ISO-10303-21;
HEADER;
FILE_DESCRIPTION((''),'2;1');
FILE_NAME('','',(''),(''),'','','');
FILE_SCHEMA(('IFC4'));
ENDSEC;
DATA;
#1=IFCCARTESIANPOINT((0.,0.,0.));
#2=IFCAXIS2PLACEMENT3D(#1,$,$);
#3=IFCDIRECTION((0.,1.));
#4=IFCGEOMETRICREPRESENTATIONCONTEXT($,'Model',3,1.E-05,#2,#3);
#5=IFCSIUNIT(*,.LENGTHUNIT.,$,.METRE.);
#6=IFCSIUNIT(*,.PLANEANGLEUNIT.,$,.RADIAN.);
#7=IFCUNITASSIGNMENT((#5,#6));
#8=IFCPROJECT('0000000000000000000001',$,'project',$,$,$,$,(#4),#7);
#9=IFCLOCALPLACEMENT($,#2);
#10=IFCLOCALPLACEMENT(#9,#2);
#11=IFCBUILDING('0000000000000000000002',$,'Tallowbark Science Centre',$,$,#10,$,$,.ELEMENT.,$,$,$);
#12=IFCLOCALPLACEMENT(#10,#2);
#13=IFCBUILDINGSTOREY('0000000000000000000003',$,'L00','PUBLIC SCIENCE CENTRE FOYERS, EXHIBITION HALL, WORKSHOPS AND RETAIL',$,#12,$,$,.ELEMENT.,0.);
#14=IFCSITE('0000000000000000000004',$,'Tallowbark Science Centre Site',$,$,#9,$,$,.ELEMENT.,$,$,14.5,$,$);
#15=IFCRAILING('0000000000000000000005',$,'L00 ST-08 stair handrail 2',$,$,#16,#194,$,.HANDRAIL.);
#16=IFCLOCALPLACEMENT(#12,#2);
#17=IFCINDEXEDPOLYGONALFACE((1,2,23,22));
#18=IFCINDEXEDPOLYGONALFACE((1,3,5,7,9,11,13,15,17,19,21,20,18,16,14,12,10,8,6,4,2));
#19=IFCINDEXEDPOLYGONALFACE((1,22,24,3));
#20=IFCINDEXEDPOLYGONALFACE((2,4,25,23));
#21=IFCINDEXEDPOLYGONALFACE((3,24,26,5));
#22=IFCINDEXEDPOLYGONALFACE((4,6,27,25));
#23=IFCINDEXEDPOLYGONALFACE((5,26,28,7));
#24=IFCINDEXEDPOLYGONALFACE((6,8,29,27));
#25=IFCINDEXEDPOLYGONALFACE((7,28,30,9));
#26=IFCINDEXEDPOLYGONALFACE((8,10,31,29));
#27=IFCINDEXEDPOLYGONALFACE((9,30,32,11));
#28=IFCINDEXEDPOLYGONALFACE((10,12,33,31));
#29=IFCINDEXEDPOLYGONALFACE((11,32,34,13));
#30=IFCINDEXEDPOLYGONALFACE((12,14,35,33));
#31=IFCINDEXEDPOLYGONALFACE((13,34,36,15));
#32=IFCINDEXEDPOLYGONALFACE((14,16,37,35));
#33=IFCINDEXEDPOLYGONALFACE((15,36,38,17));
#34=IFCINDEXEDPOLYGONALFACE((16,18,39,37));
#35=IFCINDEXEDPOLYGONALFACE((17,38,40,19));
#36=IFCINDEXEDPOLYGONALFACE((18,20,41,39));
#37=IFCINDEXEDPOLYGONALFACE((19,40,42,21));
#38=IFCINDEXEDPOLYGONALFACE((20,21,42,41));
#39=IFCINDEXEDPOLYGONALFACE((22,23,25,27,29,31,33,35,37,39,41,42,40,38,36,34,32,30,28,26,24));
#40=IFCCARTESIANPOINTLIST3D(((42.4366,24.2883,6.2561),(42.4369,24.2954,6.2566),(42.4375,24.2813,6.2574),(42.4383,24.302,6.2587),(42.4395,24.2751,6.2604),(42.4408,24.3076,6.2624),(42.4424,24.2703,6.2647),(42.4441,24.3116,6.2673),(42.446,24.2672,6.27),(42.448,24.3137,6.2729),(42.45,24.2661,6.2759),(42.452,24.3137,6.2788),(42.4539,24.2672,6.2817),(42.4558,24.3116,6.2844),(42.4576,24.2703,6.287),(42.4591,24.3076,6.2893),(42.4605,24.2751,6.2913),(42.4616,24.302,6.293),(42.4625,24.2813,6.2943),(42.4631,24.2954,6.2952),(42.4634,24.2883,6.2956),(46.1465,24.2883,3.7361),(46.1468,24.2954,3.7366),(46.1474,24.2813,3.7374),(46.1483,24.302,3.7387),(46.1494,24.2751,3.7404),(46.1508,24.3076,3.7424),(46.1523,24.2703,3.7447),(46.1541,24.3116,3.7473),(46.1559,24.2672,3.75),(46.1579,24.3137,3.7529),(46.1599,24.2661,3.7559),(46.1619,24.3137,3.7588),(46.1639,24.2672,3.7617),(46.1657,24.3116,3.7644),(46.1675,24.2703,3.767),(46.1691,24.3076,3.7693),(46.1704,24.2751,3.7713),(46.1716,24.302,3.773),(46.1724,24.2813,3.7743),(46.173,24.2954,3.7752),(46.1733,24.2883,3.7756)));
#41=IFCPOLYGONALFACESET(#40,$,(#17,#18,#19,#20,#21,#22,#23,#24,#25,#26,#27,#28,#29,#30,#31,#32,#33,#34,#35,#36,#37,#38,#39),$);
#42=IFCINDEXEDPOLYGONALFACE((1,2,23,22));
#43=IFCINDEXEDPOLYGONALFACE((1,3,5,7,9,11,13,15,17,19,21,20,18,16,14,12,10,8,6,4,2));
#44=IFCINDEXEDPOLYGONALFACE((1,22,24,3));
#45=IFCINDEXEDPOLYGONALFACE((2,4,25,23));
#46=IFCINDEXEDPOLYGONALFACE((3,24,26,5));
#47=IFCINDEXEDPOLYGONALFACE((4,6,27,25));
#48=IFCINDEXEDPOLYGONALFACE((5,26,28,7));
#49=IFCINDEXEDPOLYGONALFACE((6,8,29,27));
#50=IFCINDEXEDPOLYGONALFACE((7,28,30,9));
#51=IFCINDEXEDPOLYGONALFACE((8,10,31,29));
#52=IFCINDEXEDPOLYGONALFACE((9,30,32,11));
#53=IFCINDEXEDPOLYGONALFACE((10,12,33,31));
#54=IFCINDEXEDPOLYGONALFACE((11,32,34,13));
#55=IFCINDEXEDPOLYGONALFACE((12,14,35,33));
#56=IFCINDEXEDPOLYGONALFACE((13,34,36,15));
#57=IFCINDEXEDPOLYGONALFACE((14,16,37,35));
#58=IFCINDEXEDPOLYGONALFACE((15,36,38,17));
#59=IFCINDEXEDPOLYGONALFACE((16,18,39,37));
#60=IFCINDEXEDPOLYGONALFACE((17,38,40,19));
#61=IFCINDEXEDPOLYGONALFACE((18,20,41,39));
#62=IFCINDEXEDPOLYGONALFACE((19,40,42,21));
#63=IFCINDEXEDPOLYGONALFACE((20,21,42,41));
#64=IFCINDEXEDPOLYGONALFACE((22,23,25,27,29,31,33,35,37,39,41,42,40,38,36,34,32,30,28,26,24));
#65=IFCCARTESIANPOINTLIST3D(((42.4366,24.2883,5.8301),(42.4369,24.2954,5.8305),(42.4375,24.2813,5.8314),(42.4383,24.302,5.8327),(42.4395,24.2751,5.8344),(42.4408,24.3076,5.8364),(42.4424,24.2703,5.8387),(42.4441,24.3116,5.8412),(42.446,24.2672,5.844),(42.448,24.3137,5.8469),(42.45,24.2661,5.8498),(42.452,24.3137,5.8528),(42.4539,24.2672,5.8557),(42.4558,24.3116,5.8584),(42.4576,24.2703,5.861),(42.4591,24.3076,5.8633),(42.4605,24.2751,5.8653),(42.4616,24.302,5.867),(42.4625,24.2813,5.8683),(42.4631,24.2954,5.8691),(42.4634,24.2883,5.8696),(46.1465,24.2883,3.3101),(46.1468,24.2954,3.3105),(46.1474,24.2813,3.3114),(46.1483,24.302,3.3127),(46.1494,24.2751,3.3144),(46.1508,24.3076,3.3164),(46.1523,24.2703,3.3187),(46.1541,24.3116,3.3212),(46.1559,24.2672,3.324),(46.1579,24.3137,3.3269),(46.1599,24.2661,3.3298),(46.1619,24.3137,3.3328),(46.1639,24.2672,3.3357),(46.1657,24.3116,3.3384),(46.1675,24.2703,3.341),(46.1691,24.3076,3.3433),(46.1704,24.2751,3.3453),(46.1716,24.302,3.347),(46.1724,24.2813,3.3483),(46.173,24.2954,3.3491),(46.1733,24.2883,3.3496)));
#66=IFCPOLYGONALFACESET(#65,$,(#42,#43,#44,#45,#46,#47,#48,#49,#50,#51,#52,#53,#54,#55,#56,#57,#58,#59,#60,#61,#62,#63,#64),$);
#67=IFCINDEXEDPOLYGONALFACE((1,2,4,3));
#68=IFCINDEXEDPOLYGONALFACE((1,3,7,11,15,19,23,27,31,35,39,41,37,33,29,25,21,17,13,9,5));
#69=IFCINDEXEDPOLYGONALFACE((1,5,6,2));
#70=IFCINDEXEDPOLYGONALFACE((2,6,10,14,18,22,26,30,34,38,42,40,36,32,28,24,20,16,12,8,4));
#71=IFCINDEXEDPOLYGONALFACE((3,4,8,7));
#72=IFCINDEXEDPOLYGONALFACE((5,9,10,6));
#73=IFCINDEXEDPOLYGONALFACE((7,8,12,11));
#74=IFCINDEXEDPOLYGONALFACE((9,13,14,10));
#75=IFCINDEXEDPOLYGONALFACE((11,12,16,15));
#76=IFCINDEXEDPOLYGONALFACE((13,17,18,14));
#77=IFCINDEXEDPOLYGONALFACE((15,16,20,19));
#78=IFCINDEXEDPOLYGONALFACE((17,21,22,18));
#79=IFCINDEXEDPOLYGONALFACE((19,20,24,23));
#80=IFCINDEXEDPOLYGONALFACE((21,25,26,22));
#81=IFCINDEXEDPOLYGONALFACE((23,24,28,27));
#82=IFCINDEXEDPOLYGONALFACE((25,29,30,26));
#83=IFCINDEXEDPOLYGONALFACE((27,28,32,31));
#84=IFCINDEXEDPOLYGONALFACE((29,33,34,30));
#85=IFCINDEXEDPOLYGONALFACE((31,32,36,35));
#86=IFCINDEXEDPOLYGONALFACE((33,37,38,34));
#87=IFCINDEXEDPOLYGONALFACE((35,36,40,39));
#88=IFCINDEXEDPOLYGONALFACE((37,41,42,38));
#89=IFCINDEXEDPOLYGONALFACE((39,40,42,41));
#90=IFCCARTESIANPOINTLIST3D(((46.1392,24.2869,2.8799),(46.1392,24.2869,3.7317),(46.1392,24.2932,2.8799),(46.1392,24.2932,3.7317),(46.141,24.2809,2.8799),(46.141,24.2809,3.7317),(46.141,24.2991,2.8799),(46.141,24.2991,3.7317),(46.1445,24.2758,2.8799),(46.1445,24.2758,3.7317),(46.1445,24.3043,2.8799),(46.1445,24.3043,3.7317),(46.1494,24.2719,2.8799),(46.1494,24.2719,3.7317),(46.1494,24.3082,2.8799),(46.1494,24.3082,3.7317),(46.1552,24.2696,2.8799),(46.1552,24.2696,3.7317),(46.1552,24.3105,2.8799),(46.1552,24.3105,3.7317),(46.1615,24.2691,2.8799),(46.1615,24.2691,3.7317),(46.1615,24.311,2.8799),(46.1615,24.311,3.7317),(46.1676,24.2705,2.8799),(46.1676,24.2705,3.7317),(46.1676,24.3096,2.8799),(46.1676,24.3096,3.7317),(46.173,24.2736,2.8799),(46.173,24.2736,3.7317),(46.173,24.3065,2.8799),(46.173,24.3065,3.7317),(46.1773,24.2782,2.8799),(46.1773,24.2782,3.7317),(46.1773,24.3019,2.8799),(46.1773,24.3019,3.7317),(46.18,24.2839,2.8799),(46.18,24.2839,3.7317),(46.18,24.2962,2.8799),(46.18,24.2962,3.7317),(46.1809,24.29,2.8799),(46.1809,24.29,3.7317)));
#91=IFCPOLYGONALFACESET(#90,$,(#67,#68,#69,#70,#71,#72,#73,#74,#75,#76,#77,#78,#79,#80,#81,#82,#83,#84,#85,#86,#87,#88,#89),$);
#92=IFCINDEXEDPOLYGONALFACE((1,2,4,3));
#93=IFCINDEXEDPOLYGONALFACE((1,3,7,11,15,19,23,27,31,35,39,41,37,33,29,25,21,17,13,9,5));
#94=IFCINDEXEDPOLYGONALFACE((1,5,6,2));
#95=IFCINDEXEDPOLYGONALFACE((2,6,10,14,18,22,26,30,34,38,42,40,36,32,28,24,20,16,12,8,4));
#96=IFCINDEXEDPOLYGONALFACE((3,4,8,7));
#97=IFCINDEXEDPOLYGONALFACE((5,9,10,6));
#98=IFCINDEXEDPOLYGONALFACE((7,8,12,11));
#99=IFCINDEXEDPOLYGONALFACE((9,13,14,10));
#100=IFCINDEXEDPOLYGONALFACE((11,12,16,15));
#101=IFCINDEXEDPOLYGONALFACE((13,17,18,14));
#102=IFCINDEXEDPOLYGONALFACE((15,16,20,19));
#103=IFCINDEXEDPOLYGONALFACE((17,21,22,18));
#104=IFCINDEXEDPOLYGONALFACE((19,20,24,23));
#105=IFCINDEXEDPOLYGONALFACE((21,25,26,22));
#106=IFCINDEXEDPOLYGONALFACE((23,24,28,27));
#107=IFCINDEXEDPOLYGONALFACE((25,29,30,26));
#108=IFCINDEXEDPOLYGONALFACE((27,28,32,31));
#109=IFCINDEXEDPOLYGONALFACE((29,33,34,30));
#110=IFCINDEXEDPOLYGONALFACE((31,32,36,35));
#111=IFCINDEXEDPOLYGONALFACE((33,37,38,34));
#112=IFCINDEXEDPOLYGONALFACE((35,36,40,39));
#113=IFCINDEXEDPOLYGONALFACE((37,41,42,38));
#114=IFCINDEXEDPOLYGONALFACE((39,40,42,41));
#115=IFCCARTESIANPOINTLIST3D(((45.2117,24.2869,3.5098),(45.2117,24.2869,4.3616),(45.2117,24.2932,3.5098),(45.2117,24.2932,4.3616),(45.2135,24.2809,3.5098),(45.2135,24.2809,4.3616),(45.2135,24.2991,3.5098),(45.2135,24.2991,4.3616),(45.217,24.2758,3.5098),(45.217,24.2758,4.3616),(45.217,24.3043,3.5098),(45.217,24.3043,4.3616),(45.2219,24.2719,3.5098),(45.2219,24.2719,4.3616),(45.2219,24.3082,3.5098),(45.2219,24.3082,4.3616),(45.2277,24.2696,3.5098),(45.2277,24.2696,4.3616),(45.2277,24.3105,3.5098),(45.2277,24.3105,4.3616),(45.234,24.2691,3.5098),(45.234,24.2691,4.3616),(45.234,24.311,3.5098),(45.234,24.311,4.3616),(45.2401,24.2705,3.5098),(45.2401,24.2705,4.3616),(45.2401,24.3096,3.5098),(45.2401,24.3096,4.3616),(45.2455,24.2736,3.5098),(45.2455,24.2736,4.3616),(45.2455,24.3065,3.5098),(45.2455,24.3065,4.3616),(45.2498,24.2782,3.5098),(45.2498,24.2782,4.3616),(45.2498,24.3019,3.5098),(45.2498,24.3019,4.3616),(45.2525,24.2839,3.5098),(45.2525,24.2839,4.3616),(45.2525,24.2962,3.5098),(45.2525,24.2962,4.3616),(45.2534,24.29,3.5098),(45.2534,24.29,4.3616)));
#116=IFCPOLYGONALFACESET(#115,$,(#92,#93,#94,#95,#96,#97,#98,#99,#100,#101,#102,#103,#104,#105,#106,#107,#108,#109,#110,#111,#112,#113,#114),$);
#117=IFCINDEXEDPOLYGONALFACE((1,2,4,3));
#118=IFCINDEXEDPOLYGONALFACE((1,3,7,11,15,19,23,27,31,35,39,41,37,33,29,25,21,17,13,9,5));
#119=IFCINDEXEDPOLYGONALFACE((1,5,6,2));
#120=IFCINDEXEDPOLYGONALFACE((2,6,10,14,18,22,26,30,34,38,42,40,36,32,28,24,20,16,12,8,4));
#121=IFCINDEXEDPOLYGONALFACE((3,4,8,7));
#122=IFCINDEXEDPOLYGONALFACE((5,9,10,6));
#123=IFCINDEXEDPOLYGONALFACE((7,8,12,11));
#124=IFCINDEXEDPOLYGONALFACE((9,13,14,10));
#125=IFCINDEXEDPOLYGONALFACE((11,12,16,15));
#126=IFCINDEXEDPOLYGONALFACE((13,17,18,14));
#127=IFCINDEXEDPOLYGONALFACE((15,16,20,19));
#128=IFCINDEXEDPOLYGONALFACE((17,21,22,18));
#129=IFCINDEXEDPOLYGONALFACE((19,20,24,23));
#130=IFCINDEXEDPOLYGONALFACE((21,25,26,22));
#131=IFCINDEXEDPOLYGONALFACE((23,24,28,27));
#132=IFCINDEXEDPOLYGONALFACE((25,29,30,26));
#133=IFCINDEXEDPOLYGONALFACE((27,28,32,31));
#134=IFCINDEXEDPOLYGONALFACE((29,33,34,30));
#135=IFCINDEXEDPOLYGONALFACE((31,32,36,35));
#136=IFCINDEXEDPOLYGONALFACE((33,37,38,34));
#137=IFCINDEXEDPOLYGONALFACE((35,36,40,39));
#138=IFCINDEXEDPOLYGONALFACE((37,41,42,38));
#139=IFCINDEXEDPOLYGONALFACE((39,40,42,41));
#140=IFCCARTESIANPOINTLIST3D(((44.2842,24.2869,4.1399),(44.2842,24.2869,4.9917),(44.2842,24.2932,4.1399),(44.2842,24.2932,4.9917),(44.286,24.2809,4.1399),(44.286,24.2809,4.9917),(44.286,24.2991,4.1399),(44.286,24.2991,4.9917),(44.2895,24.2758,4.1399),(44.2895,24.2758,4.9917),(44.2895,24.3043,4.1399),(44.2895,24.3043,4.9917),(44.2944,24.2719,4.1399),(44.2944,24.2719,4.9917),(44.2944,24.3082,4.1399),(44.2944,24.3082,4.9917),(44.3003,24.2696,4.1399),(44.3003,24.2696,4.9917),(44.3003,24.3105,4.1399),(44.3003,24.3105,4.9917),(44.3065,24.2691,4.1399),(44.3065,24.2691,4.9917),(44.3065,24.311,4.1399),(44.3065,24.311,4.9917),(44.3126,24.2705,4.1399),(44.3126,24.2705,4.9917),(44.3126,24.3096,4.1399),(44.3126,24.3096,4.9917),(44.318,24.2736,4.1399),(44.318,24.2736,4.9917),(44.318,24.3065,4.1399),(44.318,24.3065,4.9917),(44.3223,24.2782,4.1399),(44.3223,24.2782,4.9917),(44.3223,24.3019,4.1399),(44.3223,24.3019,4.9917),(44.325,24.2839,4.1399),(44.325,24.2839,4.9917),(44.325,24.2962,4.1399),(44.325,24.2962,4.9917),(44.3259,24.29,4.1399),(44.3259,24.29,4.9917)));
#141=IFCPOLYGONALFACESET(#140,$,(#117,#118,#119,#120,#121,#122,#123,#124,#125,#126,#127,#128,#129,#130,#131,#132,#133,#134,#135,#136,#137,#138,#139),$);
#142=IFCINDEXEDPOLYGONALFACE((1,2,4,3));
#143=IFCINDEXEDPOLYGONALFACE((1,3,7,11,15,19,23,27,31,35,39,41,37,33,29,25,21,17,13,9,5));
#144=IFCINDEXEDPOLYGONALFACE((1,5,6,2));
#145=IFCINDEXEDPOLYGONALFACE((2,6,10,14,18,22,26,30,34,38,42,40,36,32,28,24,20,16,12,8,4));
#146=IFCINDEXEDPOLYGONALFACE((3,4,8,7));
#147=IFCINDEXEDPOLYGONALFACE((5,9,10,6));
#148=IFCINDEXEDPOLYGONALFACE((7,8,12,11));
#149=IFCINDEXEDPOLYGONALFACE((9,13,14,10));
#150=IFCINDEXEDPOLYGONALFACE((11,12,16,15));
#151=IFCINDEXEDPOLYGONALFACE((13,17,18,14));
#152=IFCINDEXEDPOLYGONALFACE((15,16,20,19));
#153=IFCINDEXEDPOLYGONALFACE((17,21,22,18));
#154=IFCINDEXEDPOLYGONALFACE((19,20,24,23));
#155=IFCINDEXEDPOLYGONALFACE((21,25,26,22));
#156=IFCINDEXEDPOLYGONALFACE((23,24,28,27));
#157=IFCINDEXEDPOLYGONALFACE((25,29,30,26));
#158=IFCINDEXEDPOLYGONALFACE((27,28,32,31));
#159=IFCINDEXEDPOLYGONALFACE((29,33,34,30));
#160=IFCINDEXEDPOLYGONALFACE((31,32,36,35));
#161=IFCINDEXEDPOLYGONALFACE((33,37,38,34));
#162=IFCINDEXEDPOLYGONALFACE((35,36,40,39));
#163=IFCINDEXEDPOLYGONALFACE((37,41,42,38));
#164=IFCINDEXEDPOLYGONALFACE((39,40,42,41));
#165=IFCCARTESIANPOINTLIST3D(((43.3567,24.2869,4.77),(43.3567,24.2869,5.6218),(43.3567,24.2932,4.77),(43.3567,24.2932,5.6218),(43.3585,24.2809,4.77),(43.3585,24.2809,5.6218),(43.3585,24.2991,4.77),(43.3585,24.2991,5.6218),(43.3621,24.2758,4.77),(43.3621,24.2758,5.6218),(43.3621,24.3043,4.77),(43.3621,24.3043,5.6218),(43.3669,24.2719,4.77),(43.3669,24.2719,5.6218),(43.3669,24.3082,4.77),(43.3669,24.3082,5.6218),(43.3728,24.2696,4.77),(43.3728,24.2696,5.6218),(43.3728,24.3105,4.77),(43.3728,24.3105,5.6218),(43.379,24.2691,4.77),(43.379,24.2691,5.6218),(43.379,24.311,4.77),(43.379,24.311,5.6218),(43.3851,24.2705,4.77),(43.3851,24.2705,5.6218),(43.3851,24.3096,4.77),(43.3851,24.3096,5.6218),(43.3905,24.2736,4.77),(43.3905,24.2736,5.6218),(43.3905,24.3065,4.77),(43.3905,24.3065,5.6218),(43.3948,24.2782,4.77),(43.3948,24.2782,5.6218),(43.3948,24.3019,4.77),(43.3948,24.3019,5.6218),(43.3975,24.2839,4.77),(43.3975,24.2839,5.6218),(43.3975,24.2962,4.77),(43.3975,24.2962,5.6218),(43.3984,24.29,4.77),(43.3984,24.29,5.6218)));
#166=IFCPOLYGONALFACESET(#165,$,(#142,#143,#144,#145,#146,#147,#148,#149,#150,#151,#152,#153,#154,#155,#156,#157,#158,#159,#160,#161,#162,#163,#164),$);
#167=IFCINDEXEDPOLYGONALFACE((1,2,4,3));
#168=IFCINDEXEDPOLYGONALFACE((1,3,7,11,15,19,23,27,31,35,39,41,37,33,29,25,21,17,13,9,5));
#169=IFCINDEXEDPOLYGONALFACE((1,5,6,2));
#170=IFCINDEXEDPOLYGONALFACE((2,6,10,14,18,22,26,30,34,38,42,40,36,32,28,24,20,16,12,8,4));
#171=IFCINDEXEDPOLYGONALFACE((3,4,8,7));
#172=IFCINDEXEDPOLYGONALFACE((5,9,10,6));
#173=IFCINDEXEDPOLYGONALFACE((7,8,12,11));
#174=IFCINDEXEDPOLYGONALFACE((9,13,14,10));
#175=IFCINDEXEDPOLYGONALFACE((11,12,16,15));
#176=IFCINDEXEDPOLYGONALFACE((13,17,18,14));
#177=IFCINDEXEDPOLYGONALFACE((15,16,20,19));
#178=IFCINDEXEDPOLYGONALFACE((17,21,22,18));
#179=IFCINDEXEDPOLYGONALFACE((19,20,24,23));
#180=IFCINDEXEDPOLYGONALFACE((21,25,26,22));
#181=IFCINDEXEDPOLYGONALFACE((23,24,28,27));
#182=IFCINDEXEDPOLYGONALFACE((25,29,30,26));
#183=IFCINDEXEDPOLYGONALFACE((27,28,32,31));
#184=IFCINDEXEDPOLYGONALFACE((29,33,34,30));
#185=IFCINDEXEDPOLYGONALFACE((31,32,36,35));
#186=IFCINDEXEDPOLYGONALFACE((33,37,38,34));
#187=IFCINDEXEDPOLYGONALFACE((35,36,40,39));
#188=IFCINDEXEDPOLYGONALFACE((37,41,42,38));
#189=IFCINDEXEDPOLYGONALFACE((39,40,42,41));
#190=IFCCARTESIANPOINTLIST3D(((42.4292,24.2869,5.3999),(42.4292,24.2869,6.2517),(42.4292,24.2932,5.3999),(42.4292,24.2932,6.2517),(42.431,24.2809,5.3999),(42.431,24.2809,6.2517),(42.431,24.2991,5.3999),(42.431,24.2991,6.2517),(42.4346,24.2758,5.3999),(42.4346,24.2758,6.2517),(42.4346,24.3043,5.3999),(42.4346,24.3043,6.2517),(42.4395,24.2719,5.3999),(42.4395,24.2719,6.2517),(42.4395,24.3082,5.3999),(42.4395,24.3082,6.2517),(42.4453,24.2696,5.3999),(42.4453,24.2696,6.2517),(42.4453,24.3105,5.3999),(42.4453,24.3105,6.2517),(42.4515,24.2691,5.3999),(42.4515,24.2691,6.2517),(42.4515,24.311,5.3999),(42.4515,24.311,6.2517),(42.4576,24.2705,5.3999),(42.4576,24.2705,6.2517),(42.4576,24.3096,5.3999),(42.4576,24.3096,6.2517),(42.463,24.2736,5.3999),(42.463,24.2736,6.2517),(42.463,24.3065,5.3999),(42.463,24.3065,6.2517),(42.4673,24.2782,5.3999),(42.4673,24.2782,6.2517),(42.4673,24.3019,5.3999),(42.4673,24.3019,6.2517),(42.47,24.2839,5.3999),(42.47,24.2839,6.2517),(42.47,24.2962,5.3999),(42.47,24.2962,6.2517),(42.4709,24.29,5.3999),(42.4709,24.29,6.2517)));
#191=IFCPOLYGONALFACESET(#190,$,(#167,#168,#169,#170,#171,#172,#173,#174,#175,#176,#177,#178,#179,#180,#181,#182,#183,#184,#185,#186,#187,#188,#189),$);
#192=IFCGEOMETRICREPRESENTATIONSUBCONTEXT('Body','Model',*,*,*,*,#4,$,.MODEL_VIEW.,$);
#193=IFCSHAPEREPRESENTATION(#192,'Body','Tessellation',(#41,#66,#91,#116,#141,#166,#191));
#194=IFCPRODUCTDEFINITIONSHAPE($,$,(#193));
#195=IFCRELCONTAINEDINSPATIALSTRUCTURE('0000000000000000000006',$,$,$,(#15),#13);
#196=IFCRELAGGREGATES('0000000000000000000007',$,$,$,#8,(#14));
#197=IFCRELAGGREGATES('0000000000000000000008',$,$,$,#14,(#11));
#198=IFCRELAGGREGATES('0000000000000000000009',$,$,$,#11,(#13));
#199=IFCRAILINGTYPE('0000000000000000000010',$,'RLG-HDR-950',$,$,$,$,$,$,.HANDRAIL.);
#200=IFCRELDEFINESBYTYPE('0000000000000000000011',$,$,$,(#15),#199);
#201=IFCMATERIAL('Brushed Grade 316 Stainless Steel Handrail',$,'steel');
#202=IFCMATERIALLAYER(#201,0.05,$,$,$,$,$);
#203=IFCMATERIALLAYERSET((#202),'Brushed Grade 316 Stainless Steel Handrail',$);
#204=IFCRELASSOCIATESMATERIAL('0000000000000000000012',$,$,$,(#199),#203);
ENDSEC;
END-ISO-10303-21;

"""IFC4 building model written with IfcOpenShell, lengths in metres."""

from ifc_helpers import new_model, si_unit, direction, frame, origin, origin_2d, place, context, subcontext, project, spatial, circle, extrude, material, layer, layer_set, type_object, element, save


model = new_model("IFC4")

# Units and contexts
model_context = context("Model", 3, precision=1e-05, world=origin(), true_north=direction((0.0, 1.0)))
body_context = subcontext(model_context, "Body", "Model", "MODEL_VIEW")
ifc_project = project(units=[si_unit("LENGTHUNIT", "METRE"), si_unit("PLANEANGLEUNIT", "RADIAN")], contexts=[model_context])

# Site, building, storey
site_placement = place(None, origin())
site = spatial("IfcSite", under=ifc_project, at=site_placement, Name="Tallowbark Science Centre Site", CompositionType="ELEMENT", RefElevation=14.5)
building_placement = place(site_placement, origin())
building = spatial("IfcBuilding", under=site, at=building_placement, Name="Tallowbark Science Centre", CompositionType="ELEMENT")
storey_placement = place(building_placement, origin())
storey = spatial("IfcBuildingStorey", under=building, at=storey_placement, Name="L00", Description="PUBLIC SCIENCE CENTRE FOYERS, EXHIBITION HALL, WORKSHOPS AND RETAIL", CompositionType="ELEMENT", Elevation=0.0)

# Railing
ifc_material_1 = material(Name="Brushed Grade 316 Stainless Steel Handrail", Category="steel")
ifc_layer_1 = layer(ifc_material_1, 0.05)
ifc_layer_set_1 = layer_set([ifc_layer_1], Name="Brushed Grade 316 Stainless Steel Handrail")
railing_type_1 = type_object("IfcRailingType", Name="RLG-HDR-950", PredefinedType="HANDRAIL", material=ifc_layer_set_1)
railing_1_placement = place(storey_placement, frame((46.1599, 24.29, 2.8799)))
element("IfcRailing", 1, at=railing_1_placement, inside=storey, type_object=railing_type_1, Name="L00 ST-08 stair handrail 2", PredefinedType="HANDRAIL", context=body_context, shape_type="SweptSolid", body=[
    extrude(circle(Radius=0.0239, at=origin_2d()), frame((0.0, 0.0, 0.876), z_axis=(-0.827212, 0.0, 0.56189), x_axis=(0.0, -1.0, 0.0)), (0.0, 0.0, 1.0), 4.4849),
    extrude(circle(Radius=0.0239, at=origin_2d()), frame((0.0, 0.0, 0.45), z_axis=(-0.827212, 0.0, 0.56189), x_axis=(0.0, -1.0, 0.0)), (0.0, 0.0, 1.0), 4.4849),
    extrude(circle(Radius=0.021, at=origin_2d()), origin(), (0.0, 0.0, 1.0), 0.8518),
    extrude(circle(Radius=0.021, at=origin_2d()), frame((-0.9275, 0.0, 0.6299)), (0.0, 0.0, 1.0), 0.8518),
    extrude(circle(Radius=0.021, at=origin_2d()), frame((-1.855, 0.0, 1.26)), (0.0, 0.0, 1.0), 0.8518),
    extrude(circle(Radius=0.021, at=origin_2d()), frame((-2.7825, 0.0, 1.8901)), (0.0, 0.0, 1.0), 0.8518),
    extrude(circle(Radius=0.021, at=origin_2d()), frame((-3.71, 0.0, 2.52)), (0.0, 0.0, 1.0), 0.8518),
])

save(model, "model.ifc")
